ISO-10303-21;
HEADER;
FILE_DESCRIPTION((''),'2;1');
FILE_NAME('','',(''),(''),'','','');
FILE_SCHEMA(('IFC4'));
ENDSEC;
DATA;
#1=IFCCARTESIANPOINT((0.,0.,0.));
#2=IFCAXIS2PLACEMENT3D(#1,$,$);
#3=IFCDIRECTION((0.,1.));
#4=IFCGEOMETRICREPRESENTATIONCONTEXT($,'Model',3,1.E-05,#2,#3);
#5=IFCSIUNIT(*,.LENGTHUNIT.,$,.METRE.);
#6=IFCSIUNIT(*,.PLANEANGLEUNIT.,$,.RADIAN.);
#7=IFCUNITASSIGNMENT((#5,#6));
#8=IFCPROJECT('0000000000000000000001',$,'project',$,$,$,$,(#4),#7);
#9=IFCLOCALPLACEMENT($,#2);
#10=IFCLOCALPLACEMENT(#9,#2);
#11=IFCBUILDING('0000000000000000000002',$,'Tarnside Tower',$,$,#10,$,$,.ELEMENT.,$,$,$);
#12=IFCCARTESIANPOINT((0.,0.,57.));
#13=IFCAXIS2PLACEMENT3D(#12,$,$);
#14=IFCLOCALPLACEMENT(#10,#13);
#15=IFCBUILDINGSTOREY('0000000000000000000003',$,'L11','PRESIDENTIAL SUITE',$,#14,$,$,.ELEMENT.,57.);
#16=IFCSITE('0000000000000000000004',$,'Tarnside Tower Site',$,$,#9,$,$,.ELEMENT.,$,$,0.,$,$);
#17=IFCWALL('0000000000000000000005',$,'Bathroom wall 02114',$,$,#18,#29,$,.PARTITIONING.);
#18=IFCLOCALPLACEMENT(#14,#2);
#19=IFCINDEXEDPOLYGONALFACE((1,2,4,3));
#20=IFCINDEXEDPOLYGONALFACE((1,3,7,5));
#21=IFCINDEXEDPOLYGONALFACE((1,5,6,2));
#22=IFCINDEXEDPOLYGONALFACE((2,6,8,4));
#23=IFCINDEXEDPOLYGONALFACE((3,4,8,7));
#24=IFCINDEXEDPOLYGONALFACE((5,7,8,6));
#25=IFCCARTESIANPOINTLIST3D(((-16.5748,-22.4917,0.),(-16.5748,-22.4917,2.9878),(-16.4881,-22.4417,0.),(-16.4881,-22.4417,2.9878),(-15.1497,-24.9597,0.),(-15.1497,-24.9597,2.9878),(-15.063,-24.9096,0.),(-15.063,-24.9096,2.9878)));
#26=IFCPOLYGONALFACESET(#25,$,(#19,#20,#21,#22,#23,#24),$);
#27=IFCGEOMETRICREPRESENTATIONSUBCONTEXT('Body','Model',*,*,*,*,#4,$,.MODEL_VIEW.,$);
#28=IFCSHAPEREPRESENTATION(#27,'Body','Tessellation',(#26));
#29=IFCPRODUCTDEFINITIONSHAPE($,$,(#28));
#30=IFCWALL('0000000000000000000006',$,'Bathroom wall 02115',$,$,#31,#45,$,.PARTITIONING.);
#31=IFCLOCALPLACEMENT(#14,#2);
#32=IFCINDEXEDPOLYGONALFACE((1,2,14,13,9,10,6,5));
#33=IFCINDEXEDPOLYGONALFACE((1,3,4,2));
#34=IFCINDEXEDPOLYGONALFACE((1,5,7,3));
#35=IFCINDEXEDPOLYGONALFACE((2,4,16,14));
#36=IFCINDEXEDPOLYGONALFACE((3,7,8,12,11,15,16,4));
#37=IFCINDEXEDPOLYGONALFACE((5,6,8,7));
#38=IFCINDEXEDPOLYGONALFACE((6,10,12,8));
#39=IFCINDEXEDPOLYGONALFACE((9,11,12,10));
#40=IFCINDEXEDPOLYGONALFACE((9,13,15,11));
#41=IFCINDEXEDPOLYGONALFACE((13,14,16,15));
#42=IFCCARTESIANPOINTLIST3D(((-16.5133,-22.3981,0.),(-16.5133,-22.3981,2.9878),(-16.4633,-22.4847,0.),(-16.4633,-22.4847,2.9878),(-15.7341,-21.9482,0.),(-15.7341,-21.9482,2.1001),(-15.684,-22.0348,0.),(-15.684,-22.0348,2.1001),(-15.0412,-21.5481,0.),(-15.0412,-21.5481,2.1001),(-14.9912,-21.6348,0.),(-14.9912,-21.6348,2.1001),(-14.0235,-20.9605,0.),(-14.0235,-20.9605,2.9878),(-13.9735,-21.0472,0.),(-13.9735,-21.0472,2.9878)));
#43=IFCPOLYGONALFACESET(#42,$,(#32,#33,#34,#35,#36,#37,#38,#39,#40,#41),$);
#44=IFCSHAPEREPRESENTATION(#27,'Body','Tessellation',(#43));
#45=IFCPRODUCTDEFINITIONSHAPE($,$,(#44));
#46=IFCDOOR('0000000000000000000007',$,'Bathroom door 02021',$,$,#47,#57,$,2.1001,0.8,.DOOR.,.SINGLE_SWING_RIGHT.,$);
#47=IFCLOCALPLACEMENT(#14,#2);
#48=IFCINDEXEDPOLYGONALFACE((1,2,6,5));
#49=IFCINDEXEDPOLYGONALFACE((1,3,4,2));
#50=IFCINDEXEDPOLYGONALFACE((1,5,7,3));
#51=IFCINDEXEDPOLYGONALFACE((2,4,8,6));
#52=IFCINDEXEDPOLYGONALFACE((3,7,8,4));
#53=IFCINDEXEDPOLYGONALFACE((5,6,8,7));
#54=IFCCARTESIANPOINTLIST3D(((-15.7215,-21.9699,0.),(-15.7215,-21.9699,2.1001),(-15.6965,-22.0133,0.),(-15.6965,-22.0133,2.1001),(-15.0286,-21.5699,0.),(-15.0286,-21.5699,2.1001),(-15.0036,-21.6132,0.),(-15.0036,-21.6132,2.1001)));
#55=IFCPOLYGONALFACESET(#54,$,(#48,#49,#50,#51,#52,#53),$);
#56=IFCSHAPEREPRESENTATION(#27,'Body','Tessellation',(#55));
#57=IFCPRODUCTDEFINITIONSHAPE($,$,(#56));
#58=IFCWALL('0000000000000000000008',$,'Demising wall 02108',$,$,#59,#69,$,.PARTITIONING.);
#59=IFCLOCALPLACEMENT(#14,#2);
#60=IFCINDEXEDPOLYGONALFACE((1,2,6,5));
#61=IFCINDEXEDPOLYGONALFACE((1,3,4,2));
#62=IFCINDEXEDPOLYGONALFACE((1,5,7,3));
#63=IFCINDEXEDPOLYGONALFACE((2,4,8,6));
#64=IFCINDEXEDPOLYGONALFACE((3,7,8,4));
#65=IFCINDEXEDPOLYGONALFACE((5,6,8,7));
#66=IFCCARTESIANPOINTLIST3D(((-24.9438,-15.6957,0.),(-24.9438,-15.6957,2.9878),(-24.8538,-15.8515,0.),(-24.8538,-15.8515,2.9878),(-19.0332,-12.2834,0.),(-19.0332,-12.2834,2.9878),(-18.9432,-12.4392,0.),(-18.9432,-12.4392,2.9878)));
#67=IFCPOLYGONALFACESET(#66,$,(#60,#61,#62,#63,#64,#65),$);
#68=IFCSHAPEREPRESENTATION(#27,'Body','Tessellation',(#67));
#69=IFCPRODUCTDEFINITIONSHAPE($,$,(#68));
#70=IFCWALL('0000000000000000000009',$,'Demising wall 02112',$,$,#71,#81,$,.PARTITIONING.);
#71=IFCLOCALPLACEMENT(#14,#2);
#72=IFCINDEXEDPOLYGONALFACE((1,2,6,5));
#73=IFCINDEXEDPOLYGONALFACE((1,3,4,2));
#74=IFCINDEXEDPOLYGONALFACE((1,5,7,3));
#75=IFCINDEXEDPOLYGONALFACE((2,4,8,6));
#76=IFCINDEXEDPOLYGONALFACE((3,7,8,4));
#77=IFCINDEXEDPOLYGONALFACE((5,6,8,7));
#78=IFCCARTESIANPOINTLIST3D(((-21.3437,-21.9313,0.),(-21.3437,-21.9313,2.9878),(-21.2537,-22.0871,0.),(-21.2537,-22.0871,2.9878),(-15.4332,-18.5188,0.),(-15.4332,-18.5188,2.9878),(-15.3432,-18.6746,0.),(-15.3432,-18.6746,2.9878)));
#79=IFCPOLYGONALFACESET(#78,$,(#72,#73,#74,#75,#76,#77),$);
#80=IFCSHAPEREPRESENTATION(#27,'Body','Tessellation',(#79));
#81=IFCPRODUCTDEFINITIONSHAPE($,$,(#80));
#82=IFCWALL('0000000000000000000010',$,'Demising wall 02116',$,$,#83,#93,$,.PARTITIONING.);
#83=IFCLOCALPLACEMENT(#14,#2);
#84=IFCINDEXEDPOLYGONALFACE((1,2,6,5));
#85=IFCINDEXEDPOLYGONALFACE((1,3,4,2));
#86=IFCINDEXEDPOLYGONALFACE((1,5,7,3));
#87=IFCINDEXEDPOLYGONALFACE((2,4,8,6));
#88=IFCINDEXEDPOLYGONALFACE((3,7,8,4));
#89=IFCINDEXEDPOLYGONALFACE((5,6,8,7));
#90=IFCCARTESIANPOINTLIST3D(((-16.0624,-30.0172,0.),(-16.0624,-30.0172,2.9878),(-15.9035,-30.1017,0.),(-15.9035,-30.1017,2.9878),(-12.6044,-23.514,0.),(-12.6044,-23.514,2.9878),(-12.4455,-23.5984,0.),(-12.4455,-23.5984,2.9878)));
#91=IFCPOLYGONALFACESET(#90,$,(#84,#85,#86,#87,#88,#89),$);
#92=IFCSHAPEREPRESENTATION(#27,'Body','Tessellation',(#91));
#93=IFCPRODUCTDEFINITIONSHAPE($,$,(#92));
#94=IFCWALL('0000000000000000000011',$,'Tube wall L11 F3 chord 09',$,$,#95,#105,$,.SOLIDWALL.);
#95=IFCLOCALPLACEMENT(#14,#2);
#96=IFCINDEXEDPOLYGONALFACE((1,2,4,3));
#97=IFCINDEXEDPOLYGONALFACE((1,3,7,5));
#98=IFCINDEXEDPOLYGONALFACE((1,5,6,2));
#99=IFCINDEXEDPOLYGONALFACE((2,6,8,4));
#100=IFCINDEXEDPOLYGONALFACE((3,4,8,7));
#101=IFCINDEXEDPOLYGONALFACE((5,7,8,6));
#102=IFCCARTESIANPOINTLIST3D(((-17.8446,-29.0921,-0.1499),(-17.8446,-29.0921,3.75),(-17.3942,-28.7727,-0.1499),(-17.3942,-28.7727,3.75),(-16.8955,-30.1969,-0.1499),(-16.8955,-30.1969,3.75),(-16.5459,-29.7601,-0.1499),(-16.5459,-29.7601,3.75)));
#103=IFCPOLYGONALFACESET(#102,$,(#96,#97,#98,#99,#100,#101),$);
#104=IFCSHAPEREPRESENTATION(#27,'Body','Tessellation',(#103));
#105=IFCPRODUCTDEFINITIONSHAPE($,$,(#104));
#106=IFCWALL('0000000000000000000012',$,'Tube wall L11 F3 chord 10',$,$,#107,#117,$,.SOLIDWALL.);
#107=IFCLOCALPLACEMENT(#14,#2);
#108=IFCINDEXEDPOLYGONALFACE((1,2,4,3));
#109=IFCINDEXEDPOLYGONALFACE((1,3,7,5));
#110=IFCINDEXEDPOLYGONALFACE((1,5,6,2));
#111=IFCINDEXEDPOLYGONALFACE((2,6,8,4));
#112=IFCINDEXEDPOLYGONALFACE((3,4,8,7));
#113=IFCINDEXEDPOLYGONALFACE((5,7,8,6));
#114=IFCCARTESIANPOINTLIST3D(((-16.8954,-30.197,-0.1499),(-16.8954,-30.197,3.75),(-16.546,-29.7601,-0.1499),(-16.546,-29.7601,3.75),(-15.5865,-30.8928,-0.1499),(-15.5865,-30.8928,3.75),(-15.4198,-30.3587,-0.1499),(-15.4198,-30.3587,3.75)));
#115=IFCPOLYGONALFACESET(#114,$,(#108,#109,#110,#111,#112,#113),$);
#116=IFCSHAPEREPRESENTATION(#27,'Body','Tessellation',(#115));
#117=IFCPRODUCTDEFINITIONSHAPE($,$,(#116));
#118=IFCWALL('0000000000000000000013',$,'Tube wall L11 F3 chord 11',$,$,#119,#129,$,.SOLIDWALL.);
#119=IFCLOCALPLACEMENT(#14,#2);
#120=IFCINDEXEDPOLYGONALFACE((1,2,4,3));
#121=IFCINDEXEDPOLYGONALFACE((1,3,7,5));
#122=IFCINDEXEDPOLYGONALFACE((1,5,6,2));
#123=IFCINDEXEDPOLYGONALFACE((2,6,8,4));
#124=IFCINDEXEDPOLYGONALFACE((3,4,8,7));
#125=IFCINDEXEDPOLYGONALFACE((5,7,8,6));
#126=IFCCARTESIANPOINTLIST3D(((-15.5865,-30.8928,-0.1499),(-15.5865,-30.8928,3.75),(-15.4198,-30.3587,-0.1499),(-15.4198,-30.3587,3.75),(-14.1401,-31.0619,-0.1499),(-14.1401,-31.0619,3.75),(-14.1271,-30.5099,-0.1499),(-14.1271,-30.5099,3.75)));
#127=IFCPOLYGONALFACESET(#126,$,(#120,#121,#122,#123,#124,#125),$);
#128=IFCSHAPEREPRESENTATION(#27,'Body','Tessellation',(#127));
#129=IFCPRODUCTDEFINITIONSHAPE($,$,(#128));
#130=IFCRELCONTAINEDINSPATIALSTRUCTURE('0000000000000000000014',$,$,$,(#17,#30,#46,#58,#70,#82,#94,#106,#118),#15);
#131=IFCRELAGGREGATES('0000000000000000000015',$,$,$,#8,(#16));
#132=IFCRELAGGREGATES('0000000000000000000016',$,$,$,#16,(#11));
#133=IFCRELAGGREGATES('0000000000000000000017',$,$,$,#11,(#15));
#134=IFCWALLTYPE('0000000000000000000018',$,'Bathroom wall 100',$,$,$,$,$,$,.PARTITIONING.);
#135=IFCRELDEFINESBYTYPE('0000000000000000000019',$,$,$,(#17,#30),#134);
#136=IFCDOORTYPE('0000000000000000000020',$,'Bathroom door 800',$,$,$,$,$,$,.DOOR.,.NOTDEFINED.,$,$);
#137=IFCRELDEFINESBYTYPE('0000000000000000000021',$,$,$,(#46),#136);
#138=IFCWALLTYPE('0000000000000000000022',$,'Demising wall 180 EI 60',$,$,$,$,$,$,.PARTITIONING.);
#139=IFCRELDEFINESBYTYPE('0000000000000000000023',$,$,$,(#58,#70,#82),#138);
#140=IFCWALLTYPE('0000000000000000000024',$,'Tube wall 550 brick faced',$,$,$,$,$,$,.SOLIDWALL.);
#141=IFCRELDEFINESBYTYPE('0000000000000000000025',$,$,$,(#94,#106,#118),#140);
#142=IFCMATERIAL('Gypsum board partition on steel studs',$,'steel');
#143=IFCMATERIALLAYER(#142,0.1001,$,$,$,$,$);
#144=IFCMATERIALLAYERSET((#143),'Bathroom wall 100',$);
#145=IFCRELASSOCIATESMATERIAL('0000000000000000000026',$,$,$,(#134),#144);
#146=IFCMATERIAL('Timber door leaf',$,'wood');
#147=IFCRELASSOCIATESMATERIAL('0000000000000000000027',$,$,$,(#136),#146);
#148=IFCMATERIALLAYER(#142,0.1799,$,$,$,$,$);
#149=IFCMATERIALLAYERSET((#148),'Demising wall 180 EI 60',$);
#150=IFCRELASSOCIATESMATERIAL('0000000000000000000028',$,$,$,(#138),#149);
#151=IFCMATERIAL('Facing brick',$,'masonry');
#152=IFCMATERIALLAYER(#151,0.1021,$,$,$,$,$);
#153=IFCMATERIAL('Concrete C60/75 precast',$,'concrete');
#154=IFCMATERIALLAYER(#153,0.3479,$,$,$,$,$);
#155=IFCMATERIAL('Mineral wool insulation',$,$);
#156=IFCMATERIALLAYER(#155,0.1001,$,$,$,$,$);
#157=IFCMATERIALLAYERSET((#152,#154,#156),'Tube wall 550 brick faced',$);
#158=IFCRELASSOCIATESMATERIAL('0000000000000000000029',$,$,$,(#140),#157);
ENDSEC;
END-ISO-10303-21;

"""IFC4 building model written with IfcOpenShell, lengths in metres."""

from ifc_helpers import new_model, si_unit, direction, frame, frame_2d, origin, place, context, subcontext, project, spatial, polyline, rectangle, outline, extrude, material, layer, layer_set, type_object, element, fill, save


model = new_model("IFC4")

# Units and contexts
model_context = context("Model", 3, precision=1e-05, world=origin(), true_north=direction((0.0, 1.0)))
body_context = subcontext(model_context, "Body", "Model", "MODEL_VIEW")
ifc_project = project(units=[si_unit("LENGTHUNIT", "METRE"), si_unit("PLANEANGLEUNIT", "RADIAN")], contexts=[model_context])

# Site, building, storey
site_placement = place(None, origin())
site = spatial("IfcSite", under=ifc_project, at=site_placement, Name="Tarnside Tower Site", CompositionType="ELEMENT", RefElevation=0.0)
building_placement = place(site_placement, origin())
building = spatial("IfcBuilding", under=site, at=building_placement, Name="Tarnside Tower", CompositionType="ELEMENT")
storey_placement = place(building_placement, frame((0.0, 0.0, 57.0)))
storey = spatial("IfcBuildingStorey", under=building, at=storey_placement, Name="L11", Description="PRESIDENTIAL SUITE", CompositionType="ELEMENT", Elevation=57.0)

# Shared definitions
ifc_material_1 = material(Name="Gypsum board partition on steel studs", Category="steel")
ifc_layer_1 = layer(ifc_material_1, 0.1001)
ifc_layer_set_1 = layer_set([ifc_layer_1], Name="Bathroom wall 100")
wall_type_1 = type_object("IfcWallType", Name="Bathroom wall 100", PredefinedType="PARTITIONING", material=ifc_layer_set_1)
ifc_material_2 = material(Name="Timber door leaf", Category="wood")
door_type = type_object("IfcDoorType", Name="Bathroom door 800", OperationType="NOTDEFINED", PredefinedType="DOOR", material=ifc_material_2)

# Wall
wall_1_placement = place(storey_placement, frame((-15.1064, -24.9346, 0.0), z_axis=(0.0, 0.0, 1.0), x_axis=(-0.500036, 0.866004, 0.0)))
element("IfcWall", 1, at=wall_1_placement, inside=storey, type_object=wall_type_1, Name="Bathroom wall 02114", PredefinedType="PARTITIONING", context=body_context, shape_type="SweptSolid", body=[
    extrude(rectangle(XDim=2.8499, YDim=0.1001, at=frame_2d((1.4248, 0.0))), origin(), (0.0, 0.0, 1.0), 2.9878),
])

# Wall, opening, door
wall_2_placement = place(storey_placement, frame((-16.4883, -22.4414, 0.0), z_axis=(0.0, 0.0, 1.0), x_axis=(0.866019, 0.500012, 0.0)))
wall_2 = element("IfcWall", 2, at=wall_2_placement, inside=storey, type_object=wall_type_1, Name="Bathroom wall 02115", PredefinedType="PARTITIONING", context=body_context, shape_type="SweptSolid", body=[
    extrude(rectangle(XDim=2.875, YDim=0.1001, at=frame_2d((1.4375, 0.0))), origin(), (0.0, 0.0, 1.0), 2.9878),
])
opening_1_placement = place(wall_2_placement, frame((0.8999, 0.0, 0.0)))
opening_1 = element("IfcOpeningElement", 3, at=opening_1_placement, cuts=wall_2, PredefinedType="OPENING", context=body_context, shape_type="SweptSolid", body=[
    extrude(rectangle(XDim=0.8, YDim=2.1001, at=frame_2d((0.3999, 1.05))), frame((0.0, 0.0601, 0.0), z_axis=(0.0, -1.0, 0.0), x_axis=(1.0, 0.0, 0.0)), (0.0, 0.0, 1.0), 0.1201),
])
door_1_placement = place(opening_1_placement, origin())
door_1 = element("IfcDoor", 4, at=door_1_placement, inside=storey, type_object=door_type, Name="Bathroom door 02021", OperationType="SINGLE_SWING_RIGHT", OverallHeight=2.1001, OverallWidth=0.8, PredefinedType="DOOR", context=body_context, shape_type="SweptSolid", body=[
    extrude(rectangle(XDim=0.8, YDim=2.1001, at=frame_2d((0.3999, 1.05))), frame((0.0, 0.0249, 0.0), z_axis=(0.0, -1.0, 0.0), x_axis=(1.0, 0.0, 0.0)), (0.0, 0.0, 1.0), 0.05),
])
fill(opening_1, door_1)

# Walls
ifc_layer_2 = layer(ifc_material_1, 0.1799)
ifc_layer_set_2 = layer_set([ifc_layer_2], Name="Demising wall 180 EI 60")
wall_type_2 = type_object("IfcWallType", Name="Demising wall 180 EI 60", PredefinedType="PARTITIONING", material=ifc_layer_set_2)
for number, where, z_axis, x_axis, name in (
    (5, (-24.8989, -15.7737, 0.0), (0.0, 0.0, 1.0), (0.866035, 0.499983, 0.0), "Demising wall 02108"),
    (6, (-21.2988, -22.0093, 0.0), (0.0, 0.0, 1.0), (0.86602, 0.500009, 0.0), "Demising wall 02112"),
):
    element("IfcWall", number, at=place(storey_placement, frame(where, z_axis=z_axis, x_axis=x_axis)), inside=storey, type_object=wall_type_2, Name=name, PredefinedType="PARTITIONING", context=body_context, shape_type="SweptSolid", body=[
        extrude(rectangle(XDim=6.825, YDim=0.1799, at=frame_2d((3.4126, 0.0))), origin(), (0.0, 0.0, 1.0), 2.9878),
    ])
wall_3_placement = place(storey_placement, frame((-15.9829, -30.0593, 0.0), z_axis=(0.0, 0.0, 1.0), x_axis=(0.469494, 0.882936, 0.0)))
element("IfcWall", 7, at=wall_3_placement, inside=storey, type_object=wall_type_2, Name="Demising wall 02116", PredefinedType="PARTITIONING", context=body_context, shape_type="SweptSolid", body=[
    extrude(rectangle(XDim=7.3655, YDim=0.1799, at=frame_2d((3.6826, 0.0))), origin(), (0.0, 0.0, 1.0), 2.9878),
])
ifc_material_3 = material(Name="Facing brick", Category="masonry")
ifc_layer_3 = layer(ifc_material_3, 0.1021)
ifc_material_4 = material(Name="Concrete C60/75 precast", Category="concrete")
ifc_layer_4 = layer(ifc_material_4, 0.3479)
ifc_material_5 = material(Name="Mineral wool insulation")
ifc_layer_5 = layer(ifc_material_5, 0.1001)
ifc_layer_set_3 = layer_set([ifc_layer_3, ifc_layer_4, ifc_layer_5], Name="Tube wall 550 brick faced")
wall_type_3 = type_object("IfcWallType", Name="Tube wall 550 brick faced", PredefinedType="SOLIDWALL", material=ifc_layer_set_3)
wall_4_placement = place(storey_placement, frame((-17.6194, -28.9324, -0.1499), z_axis=(0.0, 0.0, 1.0), x_axis=(0.651622, -0.758544, 0.0)))
element("IfcWall", 8, at=wall_4_placement, inside=storey, type_object=wall_type_3, Name="Tube wall L11 F3 chord 09", PredefinedType="SOLIDWALL", context=body_context, shape_type="SweptSolid", body=[
    extrude(outline(polyline([(-0.0256, -0.2749), (1.4309, -0.2749), (1.3274, 0.2749), (0.0256, 0.2749), (-0.0256, -0.2749)])), origin(), (0.0, 0.0, 1.0), 3.8999),
])
wall_5_placement = place(storey_placement, frame((-16.7207, -29.9785, -0.1499), z_axis=(0.0, 0.0, 1.0), x_axis=(0.882994, -0.469384, 0.0)))
element("IfcWall", 9, at=wall_5_placement, inside=storey, type_object=wall_type_3, Name="Tube wall L11 F3 chord 10", PredefinedType="SOLIDWALL", context=body_context, shape_type="SweptSolid", body=[
    extrude(outline(polyline([(-0.0518, -0.2749), (1.4307, -0.2749), (1.3271, 0.2749), (0.0518, 0.2749), (-0.0518, -0.2749)])), origin(), (0.0, 0.0, 1.0), 3.8999),
])
wall_6_placement = place(storey_placement, frame((-15.5032, -30.6257, -0.1499), z_axis=(0.0, 0.0, 1.0), x_axis=(0.993233, -0.116143, 0.0)))
element("IfcWall", 10, at=wall_6_placement, inside=storey, type_object=wall_type_3, Name="Tube wall L11 F3 chord 11", PredefinedType="SOLIDWALL", context=body_context, shape_type="SweptSolid", body=[
    extrude(outline(polyline([(-0.0518, -0.2749), (1.4045, -0.2749), (1.3533, 0.2749), (0.0518, 0.2749), (-0.0518, -0.2749)])), origin(), (0.0, 0.0, 1.0), 3.8999),
])

save(model, "model.ifc")
